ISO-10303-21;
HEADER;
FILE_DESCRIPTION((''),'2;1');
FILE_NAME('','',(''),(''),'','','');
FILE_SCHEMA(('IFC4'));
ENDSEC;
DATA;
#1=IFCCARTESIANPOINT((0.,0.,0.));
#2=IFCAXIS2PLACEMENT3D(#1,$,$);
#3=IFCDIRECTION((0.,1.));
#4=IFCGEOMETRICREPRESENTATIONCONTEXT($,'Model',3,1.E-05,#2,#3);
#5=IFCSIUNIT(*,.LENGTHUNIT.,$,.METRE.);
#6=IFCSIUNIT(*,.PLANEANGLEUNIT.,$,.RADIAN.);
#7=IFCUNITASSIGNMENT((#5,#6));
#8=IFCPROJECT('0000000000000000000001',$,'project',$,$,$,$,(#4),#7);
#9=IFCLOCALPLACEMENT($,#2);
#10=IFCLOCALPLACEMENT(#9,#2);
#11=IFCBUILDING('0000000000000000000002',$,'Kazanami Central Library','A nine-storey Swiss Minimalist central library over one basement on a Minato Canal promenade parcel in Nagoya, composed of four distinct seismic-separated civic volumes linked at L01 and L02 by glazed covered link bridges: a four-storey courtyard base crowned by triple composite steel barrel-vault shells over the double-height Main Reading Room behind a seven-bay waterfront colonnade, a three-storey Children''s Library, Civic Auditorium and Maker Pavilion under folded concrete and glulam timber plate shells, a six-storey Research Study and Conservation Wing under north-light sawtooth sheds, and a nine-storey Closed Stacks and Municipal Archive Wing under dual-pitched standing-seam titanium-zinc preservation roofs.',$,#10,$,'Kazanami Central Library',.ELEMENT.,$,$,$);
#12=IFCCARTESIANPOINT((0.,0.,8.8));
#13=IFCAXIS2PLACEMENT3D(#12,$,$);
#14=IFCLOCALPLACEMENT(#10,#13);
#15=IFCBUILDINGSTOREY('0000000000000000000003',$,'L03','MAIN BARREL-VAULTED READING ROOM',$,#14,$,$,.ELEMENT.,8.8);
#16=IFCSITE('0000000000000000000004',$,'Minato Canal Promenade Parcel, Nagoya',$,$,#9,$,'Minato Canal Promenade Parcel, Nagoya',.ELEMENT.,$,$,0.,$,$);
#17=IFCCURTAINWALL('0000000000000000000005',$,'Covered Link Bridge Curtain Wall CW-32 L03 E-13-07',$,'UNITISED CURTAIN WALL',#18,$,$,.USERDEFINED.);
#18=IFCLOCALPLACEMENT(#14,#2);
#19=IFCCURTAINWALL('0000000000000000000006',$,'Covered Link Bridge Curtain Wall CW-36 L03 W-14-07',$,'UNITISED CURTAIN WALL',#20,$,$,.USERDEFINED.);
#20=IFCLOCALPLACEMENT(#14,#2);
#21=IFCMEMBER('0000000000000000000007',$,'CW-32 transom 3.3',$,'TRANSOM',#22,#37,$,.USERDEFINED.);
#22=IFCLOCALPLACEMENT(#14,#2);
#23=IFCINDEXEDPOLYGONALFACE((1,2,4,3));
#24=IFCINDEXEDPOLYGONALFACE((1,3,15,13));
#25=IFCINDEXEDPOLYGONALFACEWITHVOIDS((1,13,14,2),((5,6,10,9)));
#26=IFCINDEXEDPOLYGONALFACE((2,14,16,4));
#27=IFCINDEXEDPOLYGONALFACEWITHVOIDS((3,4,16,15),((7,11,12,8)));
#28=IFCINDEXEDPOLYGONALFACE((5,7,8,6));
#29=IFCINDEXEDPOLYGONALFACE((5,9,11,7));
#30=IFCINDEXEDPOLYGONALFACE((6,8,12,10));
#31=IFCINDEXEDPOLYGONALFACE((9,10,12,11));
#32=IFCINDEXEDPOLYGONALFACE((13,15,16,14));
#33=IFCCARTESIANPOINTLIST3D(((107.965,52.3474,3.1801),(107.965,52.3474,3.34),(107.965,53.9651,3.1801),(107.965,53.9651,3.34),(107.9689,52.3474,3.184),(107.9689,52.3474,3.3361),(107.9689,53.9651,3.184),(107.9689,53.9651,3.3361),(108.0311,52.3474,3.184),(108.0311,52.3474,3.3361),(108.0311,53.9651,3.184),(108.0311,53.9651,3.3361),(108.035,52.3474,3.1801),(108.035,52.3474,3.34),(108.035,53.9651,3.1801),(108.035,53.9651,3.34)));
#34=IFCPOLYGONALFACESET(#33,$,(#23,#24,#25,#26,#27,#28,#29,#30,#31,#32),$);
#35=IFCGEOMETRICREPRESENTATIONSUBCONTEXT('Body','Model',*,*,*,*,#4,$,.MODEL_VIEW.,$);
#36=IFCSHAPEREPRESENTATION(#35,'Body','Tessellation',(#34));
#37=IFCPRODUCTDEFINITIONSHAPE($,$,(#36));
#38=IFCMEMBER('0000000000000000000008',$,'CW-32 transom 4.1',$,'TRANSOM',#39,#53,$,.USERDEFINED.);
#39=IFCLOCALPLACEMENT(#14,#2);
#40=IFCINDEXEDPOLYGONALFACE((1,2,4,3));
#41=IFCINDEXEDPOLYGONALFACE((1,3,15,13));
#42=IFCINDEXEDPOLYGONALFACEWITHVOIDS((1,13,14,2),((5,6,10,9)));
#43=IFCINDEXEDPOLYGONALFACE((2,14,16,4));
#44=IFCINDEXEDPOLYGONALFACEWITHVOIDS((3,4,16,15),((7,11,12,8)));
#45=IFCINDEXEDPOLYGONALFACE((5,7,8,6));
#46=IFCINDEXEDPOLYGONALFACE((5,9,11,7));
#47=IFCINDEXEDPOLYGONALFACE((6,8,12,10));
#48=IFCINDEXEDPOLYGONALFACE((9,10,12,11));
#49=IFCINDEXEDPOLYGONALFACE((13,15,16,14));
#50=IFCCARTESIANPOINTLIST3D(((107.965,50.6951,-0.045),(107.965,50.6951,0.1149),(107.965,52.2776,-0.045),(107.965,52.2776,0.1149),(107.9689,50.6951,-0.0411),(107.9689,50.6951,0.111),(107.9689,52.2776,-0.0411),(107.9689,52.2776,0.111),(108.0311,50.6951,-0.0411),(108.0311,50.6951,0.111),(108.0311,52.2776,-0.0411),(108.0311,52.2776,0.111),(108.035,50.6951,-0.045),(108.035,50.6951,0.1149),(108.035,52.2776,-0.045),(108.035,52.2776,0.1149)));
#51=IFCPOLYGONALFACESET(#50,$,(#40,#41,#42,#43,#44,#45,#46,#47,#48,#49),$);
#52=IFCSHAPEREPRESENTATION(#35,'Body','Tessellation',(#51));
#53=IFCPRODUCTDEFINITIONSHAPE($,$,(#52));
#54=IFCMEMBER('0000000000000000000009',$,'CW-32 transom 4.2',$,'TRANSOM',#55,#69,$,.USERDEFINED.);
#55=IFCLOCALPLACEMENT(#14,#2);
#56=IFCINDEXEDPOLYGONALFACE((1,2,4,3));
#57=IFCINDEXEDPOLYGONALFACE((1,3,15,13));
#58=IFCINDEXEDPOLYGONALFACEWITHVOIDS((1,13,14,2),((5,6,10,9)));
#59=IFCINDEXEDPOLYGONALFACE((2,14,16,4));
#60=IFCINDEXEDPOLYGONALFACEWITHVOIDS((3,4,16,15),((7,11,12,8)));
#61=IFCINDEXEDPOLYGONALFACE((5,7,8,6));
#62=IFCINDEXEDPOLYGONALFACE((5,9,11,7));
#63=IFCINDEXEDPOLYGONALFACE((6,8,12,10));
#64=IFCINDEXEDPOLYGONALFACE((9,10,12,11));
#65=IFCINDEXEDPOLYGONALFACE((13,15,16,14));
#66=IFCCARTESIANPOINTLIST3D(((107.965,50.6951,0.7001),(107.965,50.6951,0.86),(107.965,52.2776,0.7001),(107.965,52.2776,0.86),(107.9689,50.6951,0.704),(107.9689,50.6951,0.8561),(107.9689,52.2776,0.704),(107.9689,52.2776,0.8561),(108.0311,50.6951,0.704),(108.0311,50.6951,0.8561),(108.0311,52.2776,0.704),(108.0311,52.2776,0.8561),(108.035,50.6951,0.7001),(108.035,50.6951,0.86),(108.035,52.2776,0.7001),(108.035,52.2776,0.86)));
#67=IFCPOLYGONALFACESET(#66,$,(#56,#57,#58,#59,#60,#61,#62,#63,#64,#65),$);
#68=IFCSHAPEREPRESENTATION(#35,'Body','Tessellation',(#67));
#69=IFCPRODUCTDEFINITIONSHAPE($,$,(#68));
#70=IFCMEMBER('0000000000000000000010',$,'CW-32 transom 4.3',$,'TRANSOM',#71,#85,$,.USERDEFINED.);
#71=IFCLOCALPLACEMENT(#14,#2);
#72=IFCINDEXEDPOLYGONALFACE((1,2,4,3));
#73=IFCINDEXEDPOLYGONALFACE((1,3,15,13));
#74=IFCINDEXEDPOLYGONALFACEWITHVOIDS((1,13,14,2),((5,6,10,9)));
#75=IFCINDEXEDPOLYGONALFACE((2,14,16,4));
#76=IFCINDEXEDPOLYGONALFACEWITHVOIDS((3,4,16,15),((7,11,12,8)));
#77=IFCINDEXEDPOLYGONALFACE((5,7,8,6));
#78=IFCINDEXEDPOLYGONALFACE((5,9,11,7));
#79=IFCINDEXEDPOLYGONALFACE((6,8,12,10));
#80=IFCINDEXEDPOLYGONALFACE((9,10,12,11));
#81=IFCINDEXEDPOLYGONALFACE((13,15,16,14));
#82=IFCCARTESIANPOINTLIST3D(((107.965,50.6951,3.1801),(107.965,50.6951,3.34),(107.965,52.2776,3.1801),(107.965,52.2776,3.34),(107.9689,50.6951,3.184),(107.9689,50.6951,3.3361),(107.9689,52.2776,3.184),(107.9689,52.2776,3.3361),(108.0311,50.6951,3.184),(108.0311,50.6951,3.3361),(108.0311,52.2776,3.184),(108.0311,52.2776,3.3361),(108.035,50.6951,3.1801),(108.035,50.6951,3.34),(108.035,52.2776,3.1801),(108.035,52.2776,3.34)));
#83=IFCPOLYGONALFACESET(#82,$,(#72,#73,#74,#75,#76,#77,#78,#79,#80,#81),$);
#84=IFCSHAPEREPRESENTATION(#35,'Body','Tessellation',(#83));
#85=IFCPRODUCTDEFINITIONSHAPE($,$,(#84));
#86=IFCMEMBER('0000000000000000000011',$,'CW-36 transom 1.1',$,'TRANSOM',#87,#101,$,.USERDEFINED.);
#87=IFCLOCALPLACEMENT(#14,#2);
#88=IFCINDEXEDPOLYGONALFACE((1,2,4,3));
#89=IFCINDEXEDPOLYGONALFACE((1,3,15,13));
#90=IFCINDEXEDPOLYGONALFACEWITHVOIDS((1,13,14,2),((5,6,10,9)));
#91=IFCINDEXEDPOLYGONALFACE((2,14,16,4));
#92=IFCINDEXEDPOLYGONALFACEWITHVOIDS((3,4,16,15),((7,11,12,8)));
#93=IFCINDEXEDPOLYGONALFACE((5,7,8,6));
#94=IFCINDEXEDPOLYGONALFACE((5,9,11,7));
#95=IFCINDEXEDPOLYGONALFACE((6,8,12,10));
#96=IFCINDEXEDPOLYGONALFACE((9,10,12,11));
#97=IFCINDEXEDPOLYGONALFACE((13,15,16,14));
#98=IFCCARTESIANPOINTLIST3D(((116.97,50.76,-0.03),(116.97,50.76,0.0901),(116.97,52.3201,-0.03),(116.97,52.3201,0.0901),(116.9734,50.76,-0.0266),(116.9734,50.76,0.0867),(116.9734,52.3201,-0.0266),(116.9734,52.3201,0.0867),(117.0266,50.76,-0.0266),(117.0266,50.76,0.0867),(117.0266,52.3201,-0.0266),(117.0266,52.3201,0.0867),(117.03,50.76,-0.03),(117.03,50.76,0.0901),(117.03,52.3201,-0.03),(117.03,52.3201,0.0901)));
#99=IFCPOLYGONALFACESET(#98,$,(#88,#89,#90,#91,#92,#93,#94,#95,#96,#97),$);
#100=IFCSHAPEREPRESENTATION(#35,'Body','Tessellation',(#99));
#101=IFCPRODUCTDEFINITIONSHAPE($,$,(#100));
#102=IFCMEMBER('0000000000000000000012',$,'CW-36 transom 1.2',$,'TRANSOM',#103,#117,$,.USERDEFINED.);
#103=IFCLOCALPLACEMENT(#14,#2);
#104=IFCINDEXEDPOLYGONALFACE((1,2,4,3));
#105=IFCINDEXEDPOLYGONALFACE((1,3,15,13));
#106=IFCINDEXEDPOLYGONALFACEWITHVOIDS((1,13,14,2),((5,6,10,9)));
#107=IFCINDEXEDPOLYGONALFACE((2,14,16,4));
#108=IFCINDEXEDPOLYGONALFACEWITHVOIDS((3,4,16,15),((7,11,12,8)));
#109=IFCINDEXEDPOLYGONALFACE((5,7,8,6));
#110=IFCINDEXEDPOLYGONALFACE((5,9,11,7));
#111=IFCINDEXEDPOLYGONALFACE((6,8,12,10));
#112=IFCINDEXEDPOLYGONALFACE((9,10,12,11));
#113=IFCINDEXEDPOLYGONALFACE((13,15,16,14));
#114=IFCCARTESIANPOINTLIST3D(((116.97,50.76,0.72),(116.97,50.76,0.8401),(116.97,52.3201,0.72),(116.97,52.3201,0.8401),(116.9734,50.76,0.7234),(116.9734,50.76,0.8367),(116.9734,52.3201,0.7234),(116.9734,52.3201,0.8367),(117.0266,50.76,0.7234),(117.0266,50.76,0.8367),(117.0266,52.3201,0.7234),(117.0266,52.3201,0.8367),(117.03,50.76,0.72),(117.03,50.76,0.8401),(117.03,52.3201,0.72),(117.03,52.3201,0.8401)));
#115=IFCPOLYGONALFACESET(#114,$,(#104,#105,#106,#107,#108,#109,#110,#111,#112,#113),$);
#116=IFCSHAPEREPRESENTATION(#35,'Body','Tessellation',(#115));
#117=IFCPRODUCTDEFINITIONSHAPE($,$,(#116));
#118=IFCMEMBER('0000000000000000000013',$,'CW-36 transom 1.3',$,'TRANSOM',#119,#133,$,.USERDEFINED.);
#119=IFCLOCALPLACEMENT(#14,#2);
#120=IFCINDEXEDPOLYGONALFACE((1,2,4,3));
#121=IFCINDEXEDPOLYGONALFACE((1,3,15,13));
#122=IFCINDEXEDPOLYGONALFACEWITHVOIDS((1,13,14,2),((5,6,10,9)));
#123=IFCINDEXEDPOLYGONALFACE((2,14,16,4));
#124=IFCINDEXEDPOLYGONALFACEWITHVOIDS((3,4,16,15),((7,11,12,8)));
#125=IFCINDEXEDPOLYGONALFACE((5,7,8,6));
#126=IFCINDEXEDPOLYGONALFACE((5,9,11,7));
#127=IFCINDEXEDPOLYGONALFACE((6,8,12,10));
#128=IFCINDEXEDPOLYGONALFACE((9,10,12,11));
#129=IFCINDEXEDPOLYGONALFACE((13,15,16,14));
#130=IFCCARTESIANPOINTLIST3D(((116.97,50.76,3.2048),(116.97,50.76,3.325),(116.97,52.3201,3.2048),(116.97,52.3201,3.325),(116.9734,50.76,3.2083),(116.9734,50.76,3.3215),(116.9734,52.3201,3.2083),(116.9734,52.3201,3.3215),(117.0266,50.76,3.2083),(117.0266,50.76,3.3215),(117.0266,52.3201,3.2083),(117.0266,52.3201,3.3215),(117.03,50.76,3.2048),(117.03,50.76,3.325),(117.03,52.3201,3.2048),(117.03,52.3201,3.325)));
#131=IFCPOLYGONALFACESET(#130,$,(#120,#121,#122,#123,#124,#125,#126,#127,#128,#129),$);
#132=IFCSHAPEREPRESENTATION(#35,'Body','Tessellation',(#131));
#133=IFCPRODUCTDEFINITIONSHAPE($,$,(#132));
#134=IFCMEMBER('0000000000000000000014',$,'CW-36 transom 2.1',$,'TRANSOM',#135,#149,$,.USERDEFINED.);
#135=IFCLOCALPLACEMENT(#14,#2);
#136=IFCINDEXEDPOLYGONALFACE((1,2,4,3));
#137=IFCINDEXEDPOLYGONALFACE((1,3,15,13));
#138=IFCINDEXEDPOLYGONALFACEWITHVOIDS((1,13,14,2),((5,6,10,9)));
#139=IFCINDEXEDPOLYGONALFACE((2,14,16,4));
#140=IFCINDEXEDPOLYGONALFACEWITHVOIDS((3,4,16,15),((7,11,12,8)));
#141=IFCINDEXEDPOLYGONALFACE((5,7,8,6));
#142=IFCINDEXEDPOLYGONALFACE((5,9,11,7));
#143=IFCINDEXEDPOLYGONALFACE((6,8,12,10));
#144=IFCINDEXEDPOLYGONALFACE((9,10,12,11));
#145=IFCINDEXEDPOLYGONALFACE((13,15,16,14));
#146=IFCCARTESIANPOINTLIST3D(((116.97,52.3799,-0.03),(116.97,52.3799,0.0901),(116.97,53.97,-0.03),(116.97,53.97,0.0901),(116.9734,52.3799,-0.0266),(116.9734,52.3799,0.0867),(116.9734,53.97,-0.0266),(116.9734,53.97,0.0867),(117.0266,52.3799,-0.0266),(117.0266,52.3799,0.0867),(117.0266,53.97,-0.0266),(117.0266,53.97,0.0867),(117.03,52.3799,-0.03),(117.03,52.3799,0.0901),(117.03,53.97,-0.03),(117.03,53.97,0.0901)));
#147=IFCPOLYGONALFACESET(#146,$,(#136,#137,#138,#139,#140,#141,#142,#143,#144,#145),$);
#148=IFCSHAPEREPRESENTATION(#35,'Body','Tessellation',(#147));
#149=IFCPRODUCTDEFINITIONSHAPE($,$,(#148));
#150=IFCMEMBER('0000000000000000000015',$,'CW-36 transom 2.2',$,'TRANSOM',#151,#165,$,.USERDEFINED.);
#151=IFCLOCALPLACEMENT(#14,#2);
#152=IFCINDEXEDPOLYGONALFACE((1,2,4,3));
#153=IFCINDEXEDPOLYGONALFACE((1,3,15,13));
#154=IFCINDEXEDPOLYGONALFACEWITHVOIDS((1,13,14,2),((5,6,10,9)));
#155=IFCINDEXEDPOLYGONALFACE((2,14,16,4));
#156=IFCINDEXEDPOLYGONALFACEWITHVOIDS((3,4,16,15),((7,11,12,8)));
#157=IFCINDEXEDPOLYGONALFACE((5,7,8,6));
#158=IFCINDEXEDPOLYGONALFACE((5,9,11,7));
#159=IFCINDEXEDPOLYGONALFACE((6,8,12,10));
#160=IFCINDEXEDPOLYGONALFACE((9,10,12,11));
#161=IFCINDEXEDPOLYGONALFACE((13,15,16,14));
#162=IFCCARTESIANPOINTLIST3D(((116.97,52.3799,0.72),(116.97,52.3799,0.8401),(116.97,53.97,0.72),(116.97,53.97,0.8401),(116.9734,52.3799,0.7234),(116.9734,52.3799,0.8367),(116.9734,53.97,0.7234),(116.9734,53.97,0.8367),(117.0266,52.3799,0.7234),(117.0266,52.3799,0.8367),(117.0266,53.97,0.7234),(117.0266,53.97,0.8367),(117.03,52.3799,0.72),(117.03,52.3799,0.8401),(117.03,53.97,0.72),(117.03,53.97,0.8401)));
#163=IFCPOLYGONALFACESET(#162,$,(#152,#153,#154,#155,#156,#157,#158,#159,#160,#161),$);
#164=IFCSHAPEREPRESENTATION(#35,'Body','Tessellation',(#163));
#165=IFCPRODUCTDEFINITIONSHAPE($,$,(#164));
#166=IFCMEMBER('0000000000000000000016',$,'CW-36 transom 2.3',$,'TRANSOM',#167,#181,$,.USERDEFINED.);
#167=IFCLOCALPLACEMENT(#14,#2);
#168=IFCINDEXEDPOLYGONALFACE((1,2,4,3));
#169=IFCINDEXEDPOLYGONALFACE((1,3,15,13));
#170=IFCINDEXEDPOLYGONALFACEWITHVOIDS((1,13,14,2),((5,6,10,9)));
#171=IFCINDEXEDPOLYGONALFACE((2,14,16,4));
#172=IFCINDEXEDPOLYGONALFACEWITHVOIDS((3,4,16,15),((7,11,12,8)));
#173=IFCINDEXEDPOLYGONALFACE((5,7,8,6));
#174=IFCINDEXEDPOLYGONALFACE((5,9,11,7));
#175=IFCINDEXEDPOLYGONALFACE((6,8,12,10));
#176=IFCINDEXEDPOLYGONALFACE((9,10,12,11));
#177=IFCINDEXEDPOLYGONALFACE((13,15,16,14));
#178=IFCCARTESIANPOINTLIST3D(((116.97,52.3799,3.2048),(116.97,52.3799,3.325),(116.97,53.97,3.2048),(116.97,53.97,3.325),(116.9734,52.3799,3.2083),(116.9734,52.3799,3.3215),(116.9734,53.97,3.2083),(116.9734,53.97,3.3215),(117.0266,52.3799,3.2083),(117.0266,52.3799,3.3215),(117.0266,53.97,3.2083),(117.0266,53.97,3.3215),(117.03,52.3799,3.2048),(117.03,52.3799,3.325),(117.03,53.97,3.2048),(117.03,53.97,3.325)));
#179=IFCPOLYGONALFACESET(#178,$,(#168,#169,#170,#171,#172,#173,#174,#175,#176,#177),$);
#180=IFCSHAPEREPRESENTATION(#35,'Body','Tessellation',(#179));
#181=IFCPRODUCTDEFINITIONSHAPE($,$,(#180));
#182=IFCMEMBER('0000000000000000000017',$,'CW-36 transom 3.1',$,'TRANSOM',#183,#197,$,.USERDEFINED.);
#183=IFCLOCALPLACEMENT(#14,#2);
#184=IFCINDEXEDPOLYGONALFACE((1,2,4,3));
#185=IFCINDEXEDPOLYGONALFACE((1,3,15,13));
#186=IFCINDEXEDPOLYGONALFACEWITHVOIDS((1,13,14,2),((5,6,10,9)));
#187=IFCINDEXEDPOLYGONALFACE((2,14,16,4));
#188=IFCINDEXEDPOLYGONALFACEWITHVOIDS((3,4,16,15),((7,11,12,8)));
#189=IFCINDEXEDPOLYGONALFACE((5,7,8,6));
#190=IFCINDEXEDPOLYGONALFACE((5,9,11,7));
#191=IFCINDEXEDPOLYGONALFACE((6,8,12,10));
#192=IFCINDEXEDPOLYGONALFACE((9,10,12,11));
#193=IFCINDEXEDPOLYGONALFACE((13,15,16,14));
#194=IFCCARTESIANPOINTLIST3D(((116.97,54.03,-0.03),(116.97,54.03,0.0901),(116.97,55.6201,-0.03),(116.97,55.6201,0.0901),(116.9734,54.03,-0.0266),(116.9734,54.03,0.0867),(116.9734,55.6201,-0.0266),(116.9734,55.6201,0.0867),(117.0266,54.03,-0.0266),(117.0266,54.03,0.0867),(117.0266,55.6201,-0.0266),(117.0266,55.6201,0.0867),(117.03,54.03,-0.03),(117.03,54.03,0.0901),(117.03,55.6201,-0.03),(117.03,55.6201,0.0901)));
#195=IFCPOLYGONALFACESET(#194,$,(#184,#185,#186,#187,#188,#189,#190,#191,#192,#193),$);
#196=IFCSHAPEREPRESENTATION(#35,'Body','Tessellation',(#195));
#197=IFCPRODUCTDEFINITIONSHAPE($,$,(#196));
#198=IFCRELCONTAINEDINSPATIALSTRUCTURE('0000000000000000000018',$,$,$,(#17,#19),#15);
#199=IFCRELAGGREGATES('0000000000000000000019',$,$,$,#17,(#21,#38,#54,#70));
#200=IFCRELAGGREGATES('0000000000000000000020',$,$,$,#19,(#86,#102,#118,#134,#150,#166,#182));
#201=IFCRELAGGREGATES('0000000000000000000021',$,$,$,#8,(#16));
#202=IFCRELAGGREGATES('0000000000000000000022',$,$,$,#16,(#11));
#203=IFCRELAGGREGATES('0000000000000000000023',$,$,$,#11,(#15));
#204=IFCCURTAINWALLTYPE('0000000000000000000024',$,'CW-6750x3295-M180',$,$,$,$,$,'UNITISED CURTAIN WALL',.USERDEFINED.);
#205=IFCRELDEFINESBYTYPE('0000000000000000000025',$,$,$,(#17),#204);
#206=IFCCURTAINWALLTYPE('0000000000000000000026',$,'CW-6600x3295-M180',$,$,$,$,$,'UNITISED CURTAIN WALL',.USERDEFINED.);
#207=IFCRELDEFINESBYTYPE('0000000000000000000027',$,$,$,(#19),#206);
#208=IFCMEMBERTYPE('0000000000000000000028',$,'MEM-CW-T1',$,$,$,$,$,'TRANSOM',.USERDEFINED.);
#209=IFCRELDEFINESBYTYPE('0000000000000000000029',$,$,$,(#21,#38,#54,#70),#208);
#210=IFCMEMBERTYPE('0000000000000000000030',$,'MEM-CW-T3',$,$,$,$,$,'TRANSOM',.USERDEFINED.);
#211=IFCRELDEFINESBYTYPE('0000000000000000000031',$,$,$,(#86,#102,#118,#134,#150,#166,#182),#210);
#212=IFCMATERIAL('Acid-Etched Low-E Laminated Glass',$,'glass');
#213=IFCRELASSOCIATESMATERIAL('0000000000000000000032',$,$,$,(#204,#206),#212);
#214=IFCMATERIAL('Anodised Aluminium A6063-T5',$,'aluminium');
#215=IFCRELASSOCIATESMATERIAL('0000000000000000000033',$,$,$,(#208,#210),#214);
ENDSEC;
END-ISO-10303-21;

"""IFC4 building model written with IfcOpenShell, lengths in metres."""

from ifc_helpers import new_model, si_unit, direction, frame, origin, origin_2d, place, context, subcontext, project, spatial, hollow_rectangle, extrude, material, material_profile, profile_set, type_object, element, aggregate, save


model = new_model("IFC4")

# Units and contexts
model_context = context("Model", 3, precision=1e-05, world=origin(), true_north=direction((0.0, 1.0)))
body_context = subcontext(model_context, "Body", "Model", "MODEL_VIEW")
ifc_project = project(units=[si_unit("LENGTHUNIT", "METRE"), si_unit("PLANEANGLEUNIT", "RADIAN")], contexts=[model_context])

# Site, building, storey
site_placement = place(None, origin())
site = spatial("IfcSite", under=ifc_project, at=site_placement, Name="Minato Canal Promenade Parcel, Nagoya", LongName="Minato Canal Promenade Parcel, Nagoya", CompositionType="ELEMENT", RefElevation=0.0)
building_placement = place(site_placement, origin())
building = spatial("IfcBuilding", under=site, at=building_placement, Name="Kazanami Central Library", Description="A nine-storey Swiss Minimalist central library over one basement on a Minato Canal promenade parcel in Nagoya, composed of four distinct seismic-separated civic volumes linked at L01 and L02 by glazed covered link bridges: a four-storey courtyard base crowned by triple composite steel barrel-vault shells over the double-height Main Reading Room behind a seven-bay waterfront colonnade, a three-storey Children's Library, Civic Auditorium and Maker Pavilion under folded concrete and glulam timber plate shells, a six-storey Research Study and Conservation Wing under north-light sawtooth sheds, and a nine-storey Closed Stacks and Municipal Archive Wing under dual-pitched standing-seam titanium-zinc preservation roofs.", LongName="Kazanami Central Library", CompositionType="ELEMENT")
storey_placement = place(building_placement, frame((0.0, 0.0, 8.8)))
storey = spatial("IfcBuildingStorey", under=building, at=storey_placement, Name="L03", Description="MAIN BARREL-VAULTED READING ROOM", CompositionType="ELEMENT", Elevation=8.8)

# Curtain walls
ifc_material_1 = material(Name="Acid-Etched Low-E Laminated Glass", Category="glass")
curtain_wall_type_1 = type_object("IfcCurtainWallType", Name="CW-6750x3295-M180", ElementType="UNITISED CURTAIN WALL", PredefinedType="USERDEFINED", material=ifc_material_1)
curtain_wall_1_placement = place(storey_placement, origin())
curtain_wall_1 = element("IfcCurtainWall", 1, at=curtain_wall_1_placement, inside=storey, type_object=curtain_wall_type_1, Name="Covered Link Bridge Curtain Wall CW-32 L03 E-13-07", ObjectType="UNITISED CURTAIN WALL", PredefinedType="USERDEFINED")
ifc_material_2 = material(Name="Anodised Aluminium A6063-T5", Category="aluminium")
curtain_wall_type_2 = type_object("IfcCurtainWallType", Name="CW-6600x3295-M180", ElementType="UNITISED CURTAIN WALL", PredefinedType="USERDEFINED", material=ifc_material_1)
curtain_wall_2_placement = place(storey_placement, origin())
curtain_wall_2 = element("IfcCurtainWall", 2, at=curtain_wall_2_placement, inside=storey, type_object=curtain_wall_type_2, Name="Covered Link Bridge Curtain Wall CW-36 L03 W-14-07", ObjectType="UNITISED CURTAIN WALL", PredefinedType="USERDEFINED")

# Members
ifc_material_profile_1 = material_profile(ifc_material_2, hollow_rectangle(XDim=0.0701, YDim=0.1599, WallThickness=0.0039, at=origin_2d()), Name="ALU-TRAN-70x160x4")
ifc_profile_set_1 = profile_set([ifc_material_profile_1], Name="Anodised Aluminium A6063-T5")
member_type_1 = type_object("IfcMemberType", Name="MEM-CW-T1", ElementType="TRANSOM", PredefinedType="USERDEFINED", material=ifc_profile_set_1)
member_1_placement = place(storey_placement, frame((108.0, 53.9651, 3.26), z_axis=(0.0, -1.0, 0.0), x_axis=(1.0, 0.0, 0.0)))
member_1 = element("IfcMember", 3, at=member_1_placement, type_object=member_type_1, Name="CW-32 transom 3.3", ObjectType="TRANSOM", PredefinedType="USERDEFINED", context=body_context, shape_type="SweptSolid", body=[
    extrude(hollow_rectangle(XDim=0.0701, YDim=0.1599, WallThickness=0.0039, at=origin_2d()), origin(), (0.0, 0.0, 1.0), 1.6177),
])
member_2_placement = place(storey_placement, frame((108.0, 52.2776, 0.0349), z_axis=(0.0, -1.0, 0.0), x_axis=(1.0, 0.0, 0.0)))
member_2 = element("IfcMember", 4, at=member_2_placement, type_object=member_type_1, Name="CW-32 transom 4.1", ObjectType="TRANSOM", PredefinedType="USERDEFINED", context=body_context, shape_type="SweptSolid", body=[
    extrude(hollow_rectangle(XDim=0.0701, YDim=0.1599, WallThickness=0.0039, at=origin_2d()), origin(), (0.0, 0.0, 1.0), 1.5825),
])
member_3_placement = place(storey_placement, frame((108.0, 52.2776, 0.78), z_axis=(0.0, -1.0, 0.0), x_axis=(1.0, 0.0, 0.0)))
member_3 = element("IfcMember", 5, at=member_3_placement, type_object=member_type_1, Name="CW-32 transom 4.2", ObjectType="TRANSOM", PredefinedType="USERDEFINED", context=body_context, shape_type="SweptSolid", body=[
    extrude(hollow_rectangle(XDim=0.0701, YDim=0.1599, WallThickness=0.0039, at=origin_2d()), origin(), (0.0, 0.0, 1.0), 1.5825),
])
member_4_placement = place(storey_placement, frame((108.0, 52.2776, 3.26), z_axis=(0.0, -1.0, 0.0), x_axis=(1.0, 0.0, 0.0)))
member_4 = element("IfcMember", 6, at=member_4_placement, type_object=member_type_1, Name="CW-32 transom 4.3", ObjectType="TRANSOM", PredefinedType="USERDEFINED", context=body_context, shape_type="SweptSolid", body=[
    extrude(hollow_rectangle(XDim=0.0701, YDim=0.1599, WallThickness=0.0039, at=origin_2d()), origin(), (0.0, 0.0, 1.0), 1.5825),
])
ifc_material_profile_2 = material_profile(ifc_material_2, hollow_rectangle(XDim=0.0601, YDim=0.1201, WallThickness=0.0034, at=origin_2d()), Name="ALU-TRAN-60x120x3.5")
ifc_profile_set_2 = profile_set([ifc_material_profile_2], Name="Anodised Aluminium A6063-T5")
member_type_2 = type_object("IfcMemberType", Name="MEM-CW-T3", ElementType="TRANSOM", PredefinedType="USERDEFINED", material=ifc_profile_set_2)
member_5_placement = place(storey_placement, frame((117.0, 50.76, 0.03), z_axis=(0.0, 1.0, 0.0), x_axis=(-1.0, 0.0, 0.0)))
member_5 = element("IfcMember", 7, at=member_5_placement, type_object=member_type_2, Name="CW-36 transom 1.1", ObjectType="TRANSOM", PredefinedType="USERDEFINED", context=body_context, shape_type="SweptSolid", body=[
    extrude(hollow_rectangle(XDim=0.0601, YDim=0.1201, WallThickness=0.0034, at=origin_2d()), origin(), (0.0, 0.0, 1.0), 1.5601),
])
member_6_placement = place(storey_placement, frame((117.0, 50.76, 0.78), z_axis=(0.0, 1.0, 0.0), x_axis=(-1.0, 0.0, 0.0)))
member_6 = element("IfcMember", 8, at=member_6_placement, type_object=member_type_2, Name="CW-36 transom 1.2", ObjectType="TRANSOM", PredefinedType="USERDEFINED", context=body_context, shape_type="SweptSolid", body=[
    extrude(hollow_rectangle(XDim=0.0601, YDim=0.1201, WallThickness=0.0034, at=origin_2d()), origin(), (0.0, 0.0, 1.0), 1.5601),
])
member_7_placement = place(storey_placement, frame((117.0, 50.76, 3.2649), z_axis=(0.0, 1.0, 0.0), x_axis=(-1.0, 0.0, 0.0)))
member_7 = element("IfcMember", 9, at=member_7_placement, type_object=member_type_2, Name="CW-36 transom 1.3", ObjectType="TRANSOM", PredefinedType="USERDEFINED", context=body_context, shape_type="SweptSolid", body=[
    extrude(hollow_rectangle(XDim=0.0601, YDim=0.1201, WallThickness=0.0034, at=origin_2d()), origin(), (0.0, 0.0, 1.0), 1.5601),
])
member_8_placement = place(storey_placement, frame((117.0, 52.3799, 0.03), z_axis=(0.0, 1.0, 0.0), x_axis=(-1.0, 0.0, 0.0)))
member_8 = element("IfcMember", 10, at=member_8_placement, type_object=member_type_2, Name="CW-36 transom 2.1", ObjectType="TRANSOM", PredefinedType="USERDEFINED", context=body_context, shape_type="SweptSolid", body=[
    extrude(hollow_rectangle(XDim=0.0601, YDim=0.1201, WallThickness=0.0034, at=origin_2d()), origin(), (0.0, 0.0, 1.0), 1.5901),
])
member_9_placement = place(storey_placement, frame((117.0, 52.3799, 0.78), z_axis=(0.0, 1.0, 0.0), x_axis=(-1.0, 0.0, 0.0)))
member_9 = element("IfcMember", 11, at=member_9_placement, type_object=member_type_2, Name="CW-36 transom 2.2", ObjectType="TRANSOM", PredefinedType="USERDEFINED", context=body_context, shape_type="SweptSolid", body=[
    extrude(hollow_rectangle(XDim=0.0601, YDim=0.1201, WallThickness=0.0034, at=origin_2d()), origin(), (0.0, 0.0, 1.0), 1.5901),
])
member_10_placement = place(storey_placement, frame((117.0, 52.3799, 3.2649), z_axis=(0.0, 1.0, 0.0), x_axis=(-1.0, 0.0, 0.0)))
member_10 = element("IfcMember", 12, at=member_10_placement, type_object=member_type_2, Name="CW-36 transom 2.3", ObjectType="TRANSOM", PredefinedType="USERDEFINED", context=body_context, shape_type="SweptSolid", body=[
    extrude(hollow_rectangle(XDim=0.0601, YDim=0.1201, WallThickness=0.0034, at=origin_2d()), origin(), (0.0, 0.0, 1.0), 1.5901),
])
member_11_placement = place(storey_placement, frame((117.0, 54.03, 0.03), z_axis=(0.0, 1.0, 0.0), x_axis=(-1.0, 0.0, 0.0)))
member_11 = element("IfcMember", 13, at=member_11_placement, type_object=member_type_2, Name="CW-36 transom 3.1", ObjectType="TRANSOM", PredefinedType="USERDEFINED", context=body_context, shape_type="SweptSolid", body=[
    extrude(hollow_rectangle(XDim=0.0601, YDim=0.1201, WallThickness=0.0034, at=origin_2d()), origin(), (0.0, 0.0, 1.0), 1.5901),
])

aggregate(curtain_wall_1, [member_1, member_2, member_3, member_4])
aggregate(curtain_wall_2, [member_5, member_6, member_7, member_8, member_9, member_10, member_11])

save(model, "model.ifc")
